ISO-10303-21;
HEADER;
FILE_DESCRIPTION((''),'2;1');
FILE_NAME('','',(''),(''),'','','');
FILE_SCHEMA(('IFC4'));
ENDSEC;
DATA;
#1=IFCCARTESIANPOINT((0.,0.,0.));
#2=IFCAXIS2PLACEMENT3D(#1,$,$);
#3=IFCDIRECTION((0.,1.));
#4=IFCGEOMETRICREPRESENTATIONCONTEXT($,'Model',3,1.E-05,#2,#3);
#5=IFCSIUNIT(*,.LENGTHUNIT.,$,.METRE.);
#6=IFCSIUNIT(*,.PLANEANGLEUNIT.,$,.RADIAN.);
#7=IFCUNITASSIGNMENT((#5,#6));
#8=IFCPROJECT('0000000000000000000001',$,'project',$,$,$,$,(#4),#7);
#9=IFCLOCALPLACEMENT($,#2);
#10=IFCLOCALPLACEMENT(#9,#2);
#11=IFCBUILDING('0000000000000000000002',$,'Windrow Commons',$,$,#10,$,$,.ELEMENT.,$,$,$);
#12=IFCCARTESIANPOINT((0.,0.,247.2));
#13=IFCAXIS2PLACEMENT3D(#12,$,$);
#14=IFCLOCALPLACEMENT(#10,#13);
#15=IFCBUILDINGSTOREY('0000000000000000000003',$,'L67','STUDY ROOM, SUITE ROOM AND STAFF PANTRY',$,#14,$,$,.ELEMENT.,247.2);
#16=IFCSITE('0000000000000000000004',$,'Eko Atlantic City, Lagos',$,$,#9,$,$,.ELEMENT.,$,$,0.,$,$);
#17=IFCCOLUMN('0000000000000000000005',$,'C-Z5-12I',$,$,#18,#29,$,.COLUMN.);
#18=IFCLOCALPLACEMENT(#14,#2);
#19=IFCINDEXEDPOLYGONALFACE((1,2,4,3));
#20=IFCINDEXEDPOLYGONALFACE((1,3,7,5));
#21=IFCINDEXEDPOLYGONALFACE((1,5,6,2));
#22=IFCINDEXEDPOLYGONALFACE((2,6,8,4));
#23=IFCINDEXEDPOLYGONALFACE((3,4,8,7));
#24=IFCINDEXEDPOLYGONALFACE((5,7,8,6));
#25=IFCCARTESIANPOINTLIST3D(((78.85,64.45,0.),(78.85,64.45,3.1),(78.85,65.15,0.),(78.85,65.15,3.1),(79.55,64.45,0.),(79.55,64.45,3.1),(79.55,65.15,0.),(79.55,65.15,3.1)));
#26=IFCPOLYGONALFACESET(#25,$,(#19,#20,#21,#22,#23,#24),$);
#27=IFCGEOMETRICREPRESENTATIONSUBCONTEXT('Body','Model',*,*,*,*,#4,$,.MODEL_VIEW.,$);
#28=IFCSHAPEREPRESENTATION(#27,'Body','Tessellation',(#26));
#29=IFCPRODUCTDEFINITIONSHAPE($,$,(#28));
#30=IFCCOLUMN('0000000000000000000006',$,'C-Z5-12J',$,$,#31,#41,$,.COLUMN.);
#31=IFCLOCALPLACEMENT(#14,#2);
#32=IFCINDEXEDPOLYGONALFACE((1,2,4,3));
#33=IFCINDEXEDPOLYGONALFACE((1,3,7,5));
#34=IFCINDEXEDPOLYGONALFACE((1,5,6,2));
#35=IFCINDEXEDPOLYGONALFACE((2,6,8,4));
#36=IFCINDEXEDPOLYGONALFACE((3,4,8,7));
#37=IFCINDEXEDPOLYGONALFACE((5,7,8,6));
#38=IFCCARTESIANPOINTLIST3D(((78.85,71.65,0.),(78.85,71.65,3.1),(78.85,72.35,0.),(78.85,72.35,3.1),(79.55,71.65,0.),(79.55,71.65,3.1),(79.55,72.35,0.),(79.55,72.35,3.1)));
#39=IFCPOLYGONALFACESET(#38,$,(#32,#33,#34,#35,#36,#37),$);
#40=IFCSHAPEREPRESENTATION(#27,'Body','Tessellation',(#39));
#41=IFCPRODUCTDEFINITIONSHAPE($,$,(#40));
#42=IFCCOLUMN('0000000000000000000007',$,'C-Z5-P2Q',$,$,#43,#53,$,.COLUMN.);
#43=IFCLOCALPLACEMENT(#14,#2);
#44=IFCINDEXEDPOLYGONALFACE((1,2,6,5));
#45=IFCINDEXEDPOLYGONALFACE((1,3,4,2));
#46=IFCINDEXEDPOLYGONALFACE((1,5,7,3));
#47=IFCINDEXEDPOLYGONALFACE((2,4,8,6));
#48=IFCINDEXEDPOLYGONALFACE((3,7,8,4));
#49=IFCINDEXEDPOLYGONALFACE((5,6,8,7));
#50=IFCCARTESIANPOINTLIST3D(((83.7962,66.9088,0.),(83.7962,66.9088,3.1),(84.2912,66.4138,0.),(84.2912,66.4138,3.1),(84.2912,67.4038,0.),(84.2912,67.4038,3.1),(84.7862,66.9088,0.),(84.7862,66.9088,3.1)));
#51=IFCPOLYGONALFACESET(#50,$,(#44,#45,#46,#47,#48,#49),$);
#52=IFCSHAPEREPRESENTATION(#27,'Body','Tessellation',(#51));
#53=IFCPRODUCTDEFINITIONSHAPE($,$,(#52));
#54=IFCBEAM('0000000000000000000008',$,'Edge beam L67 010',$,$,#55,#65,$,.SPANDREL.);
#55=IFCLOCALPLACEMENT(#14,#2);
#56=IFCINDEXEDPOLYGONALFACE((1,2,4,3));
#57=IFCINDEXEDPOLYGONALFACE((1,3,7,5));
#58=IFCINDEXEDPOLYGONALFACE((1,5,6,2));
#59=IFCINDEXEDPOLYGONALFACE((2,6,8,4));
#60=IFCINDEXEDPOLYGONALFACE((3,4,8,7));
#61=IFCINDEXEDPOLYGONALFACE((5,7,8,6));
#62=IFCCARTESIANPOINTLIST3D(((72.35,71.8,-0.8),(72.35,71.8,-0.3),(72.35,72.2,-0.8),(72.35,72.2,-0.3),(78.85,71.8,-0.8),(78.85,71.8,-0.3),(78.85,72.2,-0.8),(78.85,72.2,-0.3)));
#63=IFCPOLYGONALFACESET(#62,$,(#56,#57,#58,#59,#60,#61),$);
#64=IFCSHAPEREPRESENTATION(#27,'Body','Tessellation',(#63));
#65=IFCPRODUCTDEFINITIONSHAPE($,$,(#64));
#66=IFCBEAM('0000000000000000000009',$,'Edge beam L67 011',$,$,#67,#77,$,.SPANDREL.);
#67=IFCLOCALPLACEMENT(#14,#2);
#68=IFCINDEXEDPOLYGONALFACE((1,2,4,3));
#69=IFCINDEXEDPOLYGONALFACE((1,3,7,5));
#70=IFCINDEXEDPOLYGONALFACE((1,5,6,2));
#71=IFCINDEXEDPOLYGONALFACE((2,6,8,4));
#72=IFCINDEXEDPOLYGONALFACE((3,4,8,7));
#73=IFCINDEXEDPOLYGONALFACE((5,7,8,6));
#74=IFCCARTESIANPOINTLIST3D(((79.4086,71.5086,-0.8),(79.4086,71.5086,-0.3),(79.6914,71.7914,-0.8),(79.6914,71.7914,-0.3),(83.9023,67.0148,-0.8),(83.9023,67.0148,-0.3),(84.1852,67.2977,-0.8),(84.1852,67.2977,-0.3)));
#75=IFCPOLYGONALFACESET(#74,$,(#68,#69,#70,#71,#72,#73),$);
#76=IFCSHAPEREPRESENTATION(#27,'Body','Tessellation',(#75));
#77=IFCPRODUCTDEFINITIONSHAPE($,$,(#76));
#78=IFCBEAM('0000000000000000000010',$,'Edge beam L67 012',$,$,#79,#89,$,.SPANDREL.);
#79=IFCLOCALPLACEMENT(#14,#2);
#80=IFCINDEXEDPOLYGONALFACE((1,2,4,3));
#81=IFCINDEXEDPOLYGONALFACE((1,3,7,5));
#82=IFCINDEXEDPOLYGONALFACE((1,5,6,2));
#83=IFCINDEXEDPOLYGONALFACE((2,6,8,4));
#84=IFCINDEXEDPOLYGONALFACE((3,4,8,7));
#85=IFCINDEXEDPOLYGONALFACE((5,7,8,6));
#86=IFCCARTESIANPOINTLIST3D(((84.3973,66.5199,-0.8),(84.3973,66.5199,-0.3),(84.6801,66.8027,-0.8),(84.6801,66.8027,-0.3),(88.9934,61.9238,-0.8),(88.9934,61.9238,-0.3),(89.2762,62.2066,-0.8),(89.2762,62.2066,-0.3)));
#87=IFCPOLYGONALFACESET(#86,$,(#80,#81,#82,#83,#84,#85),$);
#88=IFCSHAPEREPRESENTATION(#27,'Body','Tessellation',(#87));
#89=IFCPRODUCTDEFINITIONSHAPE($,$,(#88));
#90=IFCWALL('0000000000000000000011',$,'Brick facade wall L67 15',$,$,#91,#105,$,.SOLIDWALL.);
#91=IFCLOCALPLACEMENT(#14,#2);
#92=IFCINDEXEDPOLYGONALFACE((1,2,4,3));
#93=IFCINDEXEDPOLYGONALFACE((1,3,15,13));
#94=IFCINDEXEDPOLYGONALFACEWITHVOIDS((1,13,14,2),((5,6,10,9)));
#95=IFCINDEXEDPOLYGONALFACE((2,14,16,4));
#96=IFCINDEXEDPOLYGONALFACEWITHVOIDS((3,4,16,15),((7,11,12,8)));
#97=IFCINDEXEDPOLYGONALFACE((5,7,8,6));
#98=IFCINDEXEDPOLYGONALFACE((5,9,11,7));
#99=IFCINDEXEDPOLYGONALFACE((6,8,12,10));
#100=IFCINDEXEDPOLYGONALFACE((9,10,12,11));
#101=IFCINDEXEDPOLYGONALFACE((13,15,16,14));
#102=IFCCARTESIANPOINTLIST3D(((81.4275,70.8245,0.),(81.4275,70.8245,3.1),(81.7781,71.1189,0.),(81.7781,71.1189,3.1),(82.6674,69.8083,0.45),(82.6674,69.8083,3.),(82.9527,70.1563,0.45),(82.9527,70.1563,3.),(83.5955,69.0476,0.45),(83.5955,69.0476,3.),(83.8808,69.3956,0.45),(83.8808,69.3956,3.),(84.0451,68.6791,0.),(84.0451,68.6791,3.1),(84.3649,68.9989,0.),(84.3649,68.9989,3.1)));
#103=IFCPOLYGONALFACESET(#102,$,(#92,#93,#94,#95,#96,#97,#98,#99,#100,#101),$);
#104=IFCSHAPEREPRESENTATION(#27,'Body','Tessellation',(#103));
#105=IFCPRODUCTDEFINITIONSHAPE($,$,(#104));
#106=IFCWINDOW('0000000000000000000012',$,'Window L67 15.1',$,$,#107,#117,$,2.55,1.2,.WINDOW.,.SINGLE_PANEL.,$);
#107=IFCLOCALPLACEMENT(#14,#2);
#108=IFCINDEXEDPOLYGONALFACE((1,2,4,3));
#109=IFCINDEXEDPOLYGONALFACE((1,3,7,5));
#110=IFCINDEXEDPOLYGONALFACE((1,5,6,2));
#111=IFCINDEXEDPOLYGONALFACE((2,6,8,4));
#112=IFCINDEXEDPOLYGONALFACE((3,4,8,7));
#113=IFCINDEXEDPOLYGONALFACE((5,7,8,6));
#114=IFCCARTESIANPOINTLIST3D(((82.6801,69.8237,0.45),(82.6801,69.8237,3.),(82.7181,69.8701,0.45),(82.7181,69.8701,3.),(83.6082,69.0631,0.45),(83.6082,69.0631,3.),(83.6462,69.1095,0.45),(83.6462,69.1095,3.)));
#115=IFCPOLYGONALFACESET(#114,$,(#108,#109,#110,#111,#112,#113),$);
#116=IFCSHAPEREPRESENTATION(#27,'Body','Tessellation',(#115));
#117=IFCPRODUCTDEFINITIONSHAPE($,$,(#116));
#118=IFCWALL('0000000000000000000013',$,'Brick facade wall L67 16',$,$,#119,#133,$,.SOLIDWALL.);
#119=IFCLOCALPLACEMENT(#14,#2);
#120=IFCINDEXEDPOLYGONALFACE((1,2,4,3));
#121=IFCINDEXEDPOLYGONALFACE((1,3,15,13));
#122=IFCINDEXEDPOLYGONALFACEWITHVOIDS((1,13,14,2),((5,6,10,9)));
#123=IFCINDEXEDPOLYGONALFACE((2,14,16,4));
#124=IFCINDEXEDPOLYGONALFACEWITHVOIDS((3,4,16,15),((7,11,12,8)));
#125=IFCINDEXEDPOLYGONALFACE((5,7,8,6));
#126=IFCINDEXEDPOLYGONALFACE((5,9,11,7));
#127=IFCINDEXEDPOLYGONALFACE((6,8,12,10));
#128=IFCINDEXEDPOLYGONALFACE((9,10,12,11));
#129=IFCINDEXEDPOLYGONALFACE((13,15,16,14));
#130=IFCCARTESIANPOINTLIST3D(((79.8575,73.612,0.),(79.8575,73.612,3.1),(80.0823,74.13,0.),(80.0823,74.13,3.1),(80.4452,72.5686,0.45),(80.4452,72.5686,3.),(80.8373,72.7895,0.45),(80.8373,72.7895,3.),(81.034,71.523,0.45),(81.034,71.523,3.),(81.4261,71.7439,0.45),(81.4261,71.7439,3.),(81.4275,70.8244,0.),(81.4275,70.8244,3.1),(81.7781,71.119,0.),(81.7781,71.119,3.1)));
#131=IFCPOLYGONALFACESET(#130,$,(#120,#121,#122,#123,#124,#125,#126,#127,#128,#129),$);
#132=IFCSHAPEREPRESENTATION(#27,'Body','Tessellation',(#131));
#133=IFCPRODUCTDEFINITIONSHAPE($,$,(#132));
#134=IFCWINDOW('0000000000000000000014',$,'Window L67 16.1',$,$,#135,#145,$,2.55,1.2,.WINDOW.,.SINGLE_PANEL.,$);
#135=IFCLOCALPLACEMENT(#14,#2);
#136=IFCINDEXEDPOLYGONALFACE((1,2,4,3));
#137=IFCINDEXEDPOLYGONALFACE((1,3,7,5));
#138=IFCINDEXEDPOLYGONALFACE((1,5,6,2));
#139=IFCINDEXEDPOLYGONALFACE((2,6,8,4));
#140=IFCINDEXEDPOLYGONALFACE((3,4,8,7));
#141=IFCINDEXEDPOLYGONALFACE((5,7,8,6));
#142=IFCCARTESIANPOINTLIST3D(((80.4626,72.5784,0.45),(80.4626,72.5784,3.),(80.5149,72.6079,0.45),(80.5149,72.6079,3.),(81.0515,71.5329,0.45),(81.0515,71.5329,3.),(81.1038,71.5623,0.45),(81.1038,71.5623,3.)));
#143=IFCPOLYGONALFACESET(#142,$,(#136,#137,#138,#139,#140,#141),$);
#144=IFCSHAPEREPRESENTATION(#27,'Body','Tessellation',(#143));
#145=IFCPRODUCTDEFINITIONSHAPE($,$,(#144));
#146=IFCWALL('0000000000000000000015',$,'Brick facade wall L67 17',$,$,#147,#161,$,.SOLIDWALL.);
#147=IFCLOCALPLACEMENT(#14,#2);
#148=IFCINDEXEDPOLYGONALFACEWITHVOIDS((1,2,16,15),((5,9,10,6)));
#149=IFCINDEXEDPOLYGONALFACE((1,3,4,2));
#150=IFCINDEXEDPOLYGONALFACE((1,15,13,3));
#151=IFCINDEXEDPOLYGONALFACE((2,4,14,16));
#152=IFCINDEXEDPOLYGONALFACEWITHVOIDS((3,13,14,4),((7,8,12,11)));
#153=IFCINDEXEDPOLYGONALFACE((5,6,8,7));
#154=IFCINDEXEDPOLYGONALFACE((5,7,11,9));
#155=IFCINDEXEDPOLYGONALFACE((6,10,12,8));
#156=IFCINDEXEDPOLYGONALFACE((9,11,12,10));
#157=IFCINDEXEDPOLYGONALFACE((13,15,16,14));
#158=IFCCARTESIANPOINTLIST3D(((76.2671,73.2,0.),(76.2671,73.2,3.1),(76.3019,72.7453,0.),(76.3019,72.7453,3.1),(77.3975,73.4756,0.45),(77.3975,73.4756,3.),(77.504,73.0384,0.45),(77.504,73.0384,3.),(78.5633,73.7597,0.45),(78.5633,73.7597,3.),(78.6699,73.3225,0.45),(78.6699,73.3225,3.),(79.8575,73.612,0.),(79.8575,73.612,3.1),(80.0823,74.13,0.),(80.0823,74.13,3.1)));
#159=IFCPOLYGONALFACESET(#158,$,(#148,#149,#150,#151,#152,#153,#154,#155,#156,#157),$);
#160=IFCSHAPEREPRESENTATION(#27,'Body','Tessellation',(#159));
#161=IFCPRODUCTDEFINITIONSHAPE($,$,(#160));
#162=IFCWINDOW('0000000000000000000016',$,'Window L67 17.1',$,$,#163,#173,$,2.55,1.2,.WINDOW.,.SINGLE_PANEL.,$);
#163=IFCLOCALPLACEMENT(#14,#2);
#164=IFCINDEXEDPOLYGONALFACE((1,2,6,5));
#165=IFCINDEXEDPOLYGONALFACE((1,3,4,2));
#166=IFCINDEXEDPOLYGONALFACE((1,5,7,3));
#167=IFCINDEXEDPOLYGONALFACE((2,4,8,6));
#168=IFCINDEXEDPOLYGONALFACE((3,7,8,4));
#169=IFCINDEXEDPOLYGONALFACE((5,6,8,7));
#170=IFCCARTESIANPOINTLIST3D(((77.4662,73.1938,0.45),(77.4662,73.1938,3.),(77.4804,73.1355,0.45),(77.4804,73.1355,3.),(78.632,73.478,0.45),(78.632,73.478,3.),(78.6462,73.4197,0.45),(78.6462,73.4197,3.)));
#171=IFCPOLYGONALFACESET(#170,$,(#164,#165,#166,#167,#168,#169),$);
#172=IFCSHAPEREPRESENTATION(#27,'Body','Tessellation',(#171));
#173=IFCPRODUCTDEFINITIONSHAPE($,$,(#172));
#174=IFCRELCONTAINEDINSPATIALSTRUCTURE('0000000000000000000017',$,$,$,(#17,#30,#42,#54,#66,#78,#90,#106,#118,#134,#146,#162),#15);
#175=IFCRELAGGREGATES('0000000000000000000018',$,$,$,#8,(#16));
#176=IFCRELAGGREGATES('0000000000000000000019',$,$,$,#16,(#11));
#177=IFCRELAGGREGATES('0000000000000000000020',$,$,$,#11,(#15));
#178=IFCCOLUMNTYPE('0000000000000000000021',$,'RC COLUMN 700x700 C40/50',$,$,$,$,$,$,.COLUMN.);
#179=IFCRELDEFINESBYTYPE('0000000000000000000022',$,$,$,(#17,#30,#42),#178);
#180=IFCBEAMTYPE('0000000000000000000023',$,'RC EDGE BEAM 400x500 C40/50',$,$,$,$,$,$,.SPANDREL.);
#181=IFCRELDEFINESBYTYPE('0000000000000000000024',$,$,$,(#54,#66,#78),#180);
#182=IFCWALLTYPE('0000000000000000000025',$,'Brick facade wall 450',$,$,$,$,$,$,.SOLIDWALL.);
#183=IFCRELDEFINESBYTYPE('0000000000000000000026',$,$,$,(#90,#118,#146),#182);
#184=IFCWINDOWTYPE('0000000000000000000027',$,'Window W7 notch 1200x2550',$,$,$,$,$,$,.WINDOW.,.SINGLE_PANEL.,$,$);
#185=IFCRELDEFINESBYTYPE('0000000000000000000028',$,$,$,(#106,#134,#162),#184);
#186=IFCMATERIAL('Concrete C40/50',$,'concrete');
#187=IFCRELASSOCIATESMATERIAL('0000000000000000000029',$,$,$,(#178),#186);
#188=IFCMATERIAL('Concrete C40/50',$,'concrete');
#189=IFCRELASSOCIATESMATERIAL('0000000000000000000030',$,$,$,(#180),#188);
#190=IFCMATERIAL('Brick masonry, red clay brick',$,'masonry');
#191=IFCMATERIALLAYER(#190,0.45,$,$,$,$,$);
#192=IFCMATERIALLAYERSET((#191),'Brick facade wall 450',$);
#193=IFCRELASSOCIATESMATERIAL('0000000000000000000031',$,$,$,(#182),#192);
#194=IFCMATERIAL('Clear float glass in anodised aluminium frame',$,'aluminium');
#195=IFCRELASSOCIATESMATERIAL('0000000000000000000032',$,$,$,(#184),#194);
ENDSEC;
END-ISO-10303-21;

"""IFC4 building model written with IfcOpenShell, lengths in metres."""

from ifc_helpers import new_model, si_unit, direction, frame, frame_2d, origin, origin_2d, place, context, subcontext, project, spatial, polyline, rectangle, outline, extrude, material, layer, layer_set, material_profile, profile_set, type_object, element, fill, save


model = new_model("IFC4")

# Units and contexts
model_context = context("Model", 3, precision=1e-05, world=origin(), true_north=direction((0.0, 1.0)))
body_context = subcontext(model_context, "Body", "Model", "MODEL_VIEW")
ifc_project = project(units=[si_unit("LENGTHUNIT", "METRE"), si_unit("PLANEANGLEUNIT", "RADIAN")], contexts=[model_context])

# Site, building, storey
site_placement = place(None, origin())
site = spatial("IfcSite", under=ifc_project, at=site_placement, Name="Eko Atlantic City, Lagos", CompositionType="ELEMENT", RefElevation=0.0)
building_placement = place(site_placement, origin())
building = spatial("IfcBuilding", under=site, at=building_placement, Name="Windrow Commons", CompositionType="ELEMENT")
storey_placement = place(building_placement, frame((0.0, 0.0, 247.2)))
storey = spatial("IfcBuildingStorey", under=building, at=storey_placement, Name="L67", Description="STUDY ROOM, SUITE ROOM AND STAFF PANTRY", CompositionType="ELEMENT", Elevation=247.2)

# Columns
ifc_material_1 = material(Name="Concrete C40/50", Category="concrete")
ifc_material_profile_1 = material_profile(ifc_material_1, rectangle(XDim=0.7, YDim=0.7, at=origin_2d()))
ifc_profile_set_1 = profile_set([ifc_material_profile_1], Name="Concrete C40/50")
column_type = type_object("IfcColumnType", Name="RC COLUMN 700x700 C40/50", PredefinedType="COLUMN", material=ifc_profile_set_1)
for number, where, z_axis, x_axis, name in (
    (1, (79.2, 64.8, 0.0), (0.0, 0.0, 1.0), (1.0, 0.0, 0.0), "C-Z5-12I"),
    (2, (79.2, 72.0, 0.0), (0.0, 0.0, 1.0), (1.0, 0.0, 0.0), "C-Z5-12J"),
    (3, (84.2912, 66.9088, 0.0), (0.0, 0.0, 1.0), (0.707107, -0.707107, 0.0), "C-Z5-P2Q"),
):
    element("IfcColumn", number, at=place(storey_placement, frame(where, z_axis=z_axis, x_axis=x_axis)), inside=storey, type_object=column_type, Name=name, PredefinedType="COLUMN", context=body_context, shape_type="SweptSolid", body=[
        extrude(rectangle(XDim=0.7, YDim=0.7, at=origin_2d()), origin(), (0.0, 0.0, 1.0), 3.1),
    ])

# Beams
ifc_material_2 = material(Name="Concrete C40/50", Category="concrete")
ifc_material_profile_2 = material_profile(ifc_material_2, rectangle(XDim=0.4, YDim=0.5, at=origin_2d()))
ifc_profile_set_2 = profile_set([ifc_material_profile_2], Name="Concrete C40/50")
beam_type = type_object("IfcBeamType", Name="RC EDGE BEAM 400x500 C40/50", PredefinedType="SPANDREL", material=ifc_profile_set_2)
beam_1_placement = place(storey_placement, frame((72.35, 72.0, -0.55), z_axis=(1.0, 0.0, 0.0), x_axis=(0.0, 1.0, 0.0)))
element("IfcBeam", 4, at=beam_1_placement, inside=storey, type_object=beam_type, Name="Edge beam L67 010", PredefinedType="SPANDREL", context=body_context, shape_type="SweptSolid", body=[
    extrude(rectangle(XDim=0.4, YDim=0.5, at=origin_2d()), origin(), (0.0, 0.0, 1.0), 6.5),
])
beam_2_placement = place(storey_placement, frame((79.55, 71.65, -0.55), z_axis=(0.707107, -0.707107, 0.0), x_axis=(0.707107, 0.707107, 0.0)))
element("IfcBeam", 5, at=beam_2_placement, inside=storey, type_object=beam_type, Name="Edge beam L67 011", PredefinedType="SPANDREL", context=body_context, shape_type="SweptSolid", body=[
    extrude(rectangle(XDim=0.4, YDim=0.5, at=origin_2d()), origin(), (0.0, 0.0, 1.0), 6.3551),
])
beam_3_placement = place(storey_placement, frame((84.5387, 66.6613, -0.55), z_axis=(0.707107, -0.707107, 0.0), x_axis=(0.707107, 0.707107, 0.0)))
element("IfcBeam", 6, at=beam_3_placement, inside=storey, type_object=beam_type, Name="Edge beam L67 012", PredefinedType="SPANDREL", context=body_context, shape_type="SweptSolid", body=[
    extrude(rectangle(XDim=0.4, YDim=0.5, at=origin_2d()), origin(), (0.0, 0.0, 1.0), 6.4999),
])

# Walls, openings, windows
ifc_material_3 = material(Name="Brick masonry, red clay brick", Category="masonry")
ifc_layer_1 = layer(ifc_material_3, 0.45)
ifc_layer_set_1 = layer_set([ifc_layer_1], Name="Brick facade wall 450")
wall_type_1 = type_object("IfcWallType", Name="Brick facade wall 450", PredefinedType="SOLIDWALL", material=ifc_layer_set_1)
wall_1_placement = place(storey_placement, frame((84.205, 68.839, 0.0), z_axis=(0.0, 0.0, 1.0), x_axis=(-0.773429, 0.633883, 0.0)))
wall_1 = element("IfcWall", 7, at=wall_1_placement, inside=storey, type_object=wall_type_1, Name="Brick facade wall L67 15", PredefinedType="SOLIDWALL", context=body_context, shape_type="SweptSolid", body=[
    extrude(outline(polyline([(-0.0223, -0.225), (3.3222, -0.225), (3.4068, 0.225), (0.0223, 0.225), (-0.0223, -0.225)])), origin(), (0.0, 0.0, 1.0), 3.1),
])
opening_1_placement = place(wall_1_placement, frame((0.6036, 0.0, 0.45)))
opening_1 = element("IfcOpeningElement", 8, at=opening_1_placement, cuts=wall_1, PredefinedType="OPENING", context=body_context, shape_type="SweptSolid", body=[
    extrude(rectangle(XDim=1.2, YDim=2.55, at=frame_2d((0.6, 1.275))), frame((0.0, 0.235, 0.0), z_axis=(0.0, -1.0, 0.0), x_axis=(1.0, 0.0, 0.0)), (0.0, 0.0, 1.0), 0.47),
])
ifc_material_4 = material(Name="Clear float glass in anodised aluminium frame", Category="aluminium")
window_type_1 = type_object("IfcWindowType", Name="Window W7 notch 1200x2550", PartitioningType="SINGLE_PANEL", PredefinedType="WINDOW", material=ifc_material_4)
window_1_placement = place(opening_1_placement, origin())
window_1 = element("IfcWindow", 9, at=window_1_placement, inside=storey, type_object=window_type_1, Name="Window L67 15.1", OverallHeight=2.55, OverallWidth=1.2, PartitioningType="SINGLE_PANEL", PredefinedType="WINDOW", context=body_context, shape_type="SweptSolid", body=[
    extrude(rectangle(XDim=1.2, YDim=2.55, at=frame_2d((0.6, 1.275))), frame((0.0, 0.205, 0.0), z_axis=(0.0, -1.0, 0.0), x_axis=(1.0, 0.0, 0.0)), (0.0, 0.0, 1.0), 0.06),
])
fill(opening_1, window_1)
wall_2_placement = place(storey_placement, frame((81.6028, 70.9717, 0.0), z_axis=(0.0, 0.0, 1.0), x_axis=(-0.490728, 0.871313, 0.0)))
wall_2 = element("IfcWall", 10, at=wall_2_placement, inside=storey, type_object=wall_type_1, Name="Brick facade wall L67 16", PredefinedType="SOLIDWALL", context=body_context, shape_type="SweptSolid", body=[
    extrude(outline(polyline([(0.0423, -0.225), (3.498, -0.225), (3.157, 0.225), (-0.0423, 0.225), (0.0423, -0.225)])), origin(), (0.0, 0.0, 1.0), 3.1),
])
opening_2_placement = place(wall_2_placement, frame((0.7595, 0.0, 0.45)))
opening_2 = element("IfcOpeningElement", 11, at=opening_2_placement, cuts=wall_2, PredefinedType="OPENING", context=body_context, shape_type="SweptSolid", body=[
    extrude(rectangle(XDim=1.2, YDim=2.55, at=frame_2d((0.6, 1.275))), frame((0.0, 0.235, 0.0), z_axis=(0.0, -1.0, 0.0), x_axis=(1.0, 0.0, 0.0)), (0.0, 0.0, 1.0), 0.47),
])
window_2_placement = place(opening_2_placement, origin())
window_2 = element("IfcWindow", 12, at=window_2_placement, inside=storey, type_object=window_type_1, Name="Window L67 16.1", OverallHeight=2.55, OverallWidth=1.2, PartitioningType="SINGLE_PANEL", PredefinedType="WINDOW", context=body_context, shape_type="SweptSolid", body=[
    extrude(rectangle(XDim=1.2, YDim=2.55, at=frame_2d((0.6, 1.275))), frame((0.0, 0.205, 0.0), z_axis=(0.0, -1.0, 0.0), x_axis=(1.0, 0.0, 0.0)), (0.0, 0.0, 1.0), 0.06),
])
fill(opening_2, window_2)
wall_3_placement = place(storey_placement, frame((79.9699, 73.871, 0.0), z_axis=(0.0, 0.0, 1.0), x_axis=(-0.971554, -0.236818, 0.0)))
wall_3 = element("IfcWall", 13, at=wall_3_placement, inside=storey, type_object=wall_type_1, Name="Brick facade wall L67 17", PredefinedType="SOLIDWALL", context=body_context, shape_type="SweptSolid", body=[
    extrude(outline(polyline([(-0.1705, -0.225), (3.7564, -0.225), (3.8302, 0.225), (0.1705, 0.225), (-0.1705, -0.225)])), origin(), (0.0, 0.0, 1.0), 3.1),
])
opening_3_placement = place(wall_3_placement, frame((1.3929, 0.0, 0.45)))
opening_3 = element("IfcOpeningElement", 14, at=opening_3_placement, cuts=wall_3, PredefinedType="OPENING", context=body_context, shape_type="SweptSolid", body=[
    extrude(rectangle(XDim=1.2, YDim=2.55, at=frame_2d((0.6, 1.275))), frame((0.0, 0.235, 0.0), z_axis=(0.0, -1.0, 0.0), x_axis=(1.0, 0.0, 0.0)), (0.0, 0.0, 1.0), 0.47),
])
window_3_placement = place(opening_3_placement, origin())
window_3 = element("IfcWindow", 15, at=window_3_placement, inside=storey, type_object=window_type_1, Name="Window L67 17.1", OverallHeight=2.55, OverallWidth=1.2, PartitioningType="SINGLE_PANEL", PredefinedType="WINDOW", context=body_context, shape_type="SweptSolid", body=[
    extrude(rectangle(XDim=1.2, YDim=2.55, at=frame_2d((0.6, 1.275))), frame((0.0, 0.125, 0.0), z_axis=(0.0, -1.0, 0.0), x_axis=(1.0, 0.0, 0.0)), (0.0, 0.0, 1.0), 0.06),
])
fill(opening_3, window_3)

save(model, "model.ifc")
